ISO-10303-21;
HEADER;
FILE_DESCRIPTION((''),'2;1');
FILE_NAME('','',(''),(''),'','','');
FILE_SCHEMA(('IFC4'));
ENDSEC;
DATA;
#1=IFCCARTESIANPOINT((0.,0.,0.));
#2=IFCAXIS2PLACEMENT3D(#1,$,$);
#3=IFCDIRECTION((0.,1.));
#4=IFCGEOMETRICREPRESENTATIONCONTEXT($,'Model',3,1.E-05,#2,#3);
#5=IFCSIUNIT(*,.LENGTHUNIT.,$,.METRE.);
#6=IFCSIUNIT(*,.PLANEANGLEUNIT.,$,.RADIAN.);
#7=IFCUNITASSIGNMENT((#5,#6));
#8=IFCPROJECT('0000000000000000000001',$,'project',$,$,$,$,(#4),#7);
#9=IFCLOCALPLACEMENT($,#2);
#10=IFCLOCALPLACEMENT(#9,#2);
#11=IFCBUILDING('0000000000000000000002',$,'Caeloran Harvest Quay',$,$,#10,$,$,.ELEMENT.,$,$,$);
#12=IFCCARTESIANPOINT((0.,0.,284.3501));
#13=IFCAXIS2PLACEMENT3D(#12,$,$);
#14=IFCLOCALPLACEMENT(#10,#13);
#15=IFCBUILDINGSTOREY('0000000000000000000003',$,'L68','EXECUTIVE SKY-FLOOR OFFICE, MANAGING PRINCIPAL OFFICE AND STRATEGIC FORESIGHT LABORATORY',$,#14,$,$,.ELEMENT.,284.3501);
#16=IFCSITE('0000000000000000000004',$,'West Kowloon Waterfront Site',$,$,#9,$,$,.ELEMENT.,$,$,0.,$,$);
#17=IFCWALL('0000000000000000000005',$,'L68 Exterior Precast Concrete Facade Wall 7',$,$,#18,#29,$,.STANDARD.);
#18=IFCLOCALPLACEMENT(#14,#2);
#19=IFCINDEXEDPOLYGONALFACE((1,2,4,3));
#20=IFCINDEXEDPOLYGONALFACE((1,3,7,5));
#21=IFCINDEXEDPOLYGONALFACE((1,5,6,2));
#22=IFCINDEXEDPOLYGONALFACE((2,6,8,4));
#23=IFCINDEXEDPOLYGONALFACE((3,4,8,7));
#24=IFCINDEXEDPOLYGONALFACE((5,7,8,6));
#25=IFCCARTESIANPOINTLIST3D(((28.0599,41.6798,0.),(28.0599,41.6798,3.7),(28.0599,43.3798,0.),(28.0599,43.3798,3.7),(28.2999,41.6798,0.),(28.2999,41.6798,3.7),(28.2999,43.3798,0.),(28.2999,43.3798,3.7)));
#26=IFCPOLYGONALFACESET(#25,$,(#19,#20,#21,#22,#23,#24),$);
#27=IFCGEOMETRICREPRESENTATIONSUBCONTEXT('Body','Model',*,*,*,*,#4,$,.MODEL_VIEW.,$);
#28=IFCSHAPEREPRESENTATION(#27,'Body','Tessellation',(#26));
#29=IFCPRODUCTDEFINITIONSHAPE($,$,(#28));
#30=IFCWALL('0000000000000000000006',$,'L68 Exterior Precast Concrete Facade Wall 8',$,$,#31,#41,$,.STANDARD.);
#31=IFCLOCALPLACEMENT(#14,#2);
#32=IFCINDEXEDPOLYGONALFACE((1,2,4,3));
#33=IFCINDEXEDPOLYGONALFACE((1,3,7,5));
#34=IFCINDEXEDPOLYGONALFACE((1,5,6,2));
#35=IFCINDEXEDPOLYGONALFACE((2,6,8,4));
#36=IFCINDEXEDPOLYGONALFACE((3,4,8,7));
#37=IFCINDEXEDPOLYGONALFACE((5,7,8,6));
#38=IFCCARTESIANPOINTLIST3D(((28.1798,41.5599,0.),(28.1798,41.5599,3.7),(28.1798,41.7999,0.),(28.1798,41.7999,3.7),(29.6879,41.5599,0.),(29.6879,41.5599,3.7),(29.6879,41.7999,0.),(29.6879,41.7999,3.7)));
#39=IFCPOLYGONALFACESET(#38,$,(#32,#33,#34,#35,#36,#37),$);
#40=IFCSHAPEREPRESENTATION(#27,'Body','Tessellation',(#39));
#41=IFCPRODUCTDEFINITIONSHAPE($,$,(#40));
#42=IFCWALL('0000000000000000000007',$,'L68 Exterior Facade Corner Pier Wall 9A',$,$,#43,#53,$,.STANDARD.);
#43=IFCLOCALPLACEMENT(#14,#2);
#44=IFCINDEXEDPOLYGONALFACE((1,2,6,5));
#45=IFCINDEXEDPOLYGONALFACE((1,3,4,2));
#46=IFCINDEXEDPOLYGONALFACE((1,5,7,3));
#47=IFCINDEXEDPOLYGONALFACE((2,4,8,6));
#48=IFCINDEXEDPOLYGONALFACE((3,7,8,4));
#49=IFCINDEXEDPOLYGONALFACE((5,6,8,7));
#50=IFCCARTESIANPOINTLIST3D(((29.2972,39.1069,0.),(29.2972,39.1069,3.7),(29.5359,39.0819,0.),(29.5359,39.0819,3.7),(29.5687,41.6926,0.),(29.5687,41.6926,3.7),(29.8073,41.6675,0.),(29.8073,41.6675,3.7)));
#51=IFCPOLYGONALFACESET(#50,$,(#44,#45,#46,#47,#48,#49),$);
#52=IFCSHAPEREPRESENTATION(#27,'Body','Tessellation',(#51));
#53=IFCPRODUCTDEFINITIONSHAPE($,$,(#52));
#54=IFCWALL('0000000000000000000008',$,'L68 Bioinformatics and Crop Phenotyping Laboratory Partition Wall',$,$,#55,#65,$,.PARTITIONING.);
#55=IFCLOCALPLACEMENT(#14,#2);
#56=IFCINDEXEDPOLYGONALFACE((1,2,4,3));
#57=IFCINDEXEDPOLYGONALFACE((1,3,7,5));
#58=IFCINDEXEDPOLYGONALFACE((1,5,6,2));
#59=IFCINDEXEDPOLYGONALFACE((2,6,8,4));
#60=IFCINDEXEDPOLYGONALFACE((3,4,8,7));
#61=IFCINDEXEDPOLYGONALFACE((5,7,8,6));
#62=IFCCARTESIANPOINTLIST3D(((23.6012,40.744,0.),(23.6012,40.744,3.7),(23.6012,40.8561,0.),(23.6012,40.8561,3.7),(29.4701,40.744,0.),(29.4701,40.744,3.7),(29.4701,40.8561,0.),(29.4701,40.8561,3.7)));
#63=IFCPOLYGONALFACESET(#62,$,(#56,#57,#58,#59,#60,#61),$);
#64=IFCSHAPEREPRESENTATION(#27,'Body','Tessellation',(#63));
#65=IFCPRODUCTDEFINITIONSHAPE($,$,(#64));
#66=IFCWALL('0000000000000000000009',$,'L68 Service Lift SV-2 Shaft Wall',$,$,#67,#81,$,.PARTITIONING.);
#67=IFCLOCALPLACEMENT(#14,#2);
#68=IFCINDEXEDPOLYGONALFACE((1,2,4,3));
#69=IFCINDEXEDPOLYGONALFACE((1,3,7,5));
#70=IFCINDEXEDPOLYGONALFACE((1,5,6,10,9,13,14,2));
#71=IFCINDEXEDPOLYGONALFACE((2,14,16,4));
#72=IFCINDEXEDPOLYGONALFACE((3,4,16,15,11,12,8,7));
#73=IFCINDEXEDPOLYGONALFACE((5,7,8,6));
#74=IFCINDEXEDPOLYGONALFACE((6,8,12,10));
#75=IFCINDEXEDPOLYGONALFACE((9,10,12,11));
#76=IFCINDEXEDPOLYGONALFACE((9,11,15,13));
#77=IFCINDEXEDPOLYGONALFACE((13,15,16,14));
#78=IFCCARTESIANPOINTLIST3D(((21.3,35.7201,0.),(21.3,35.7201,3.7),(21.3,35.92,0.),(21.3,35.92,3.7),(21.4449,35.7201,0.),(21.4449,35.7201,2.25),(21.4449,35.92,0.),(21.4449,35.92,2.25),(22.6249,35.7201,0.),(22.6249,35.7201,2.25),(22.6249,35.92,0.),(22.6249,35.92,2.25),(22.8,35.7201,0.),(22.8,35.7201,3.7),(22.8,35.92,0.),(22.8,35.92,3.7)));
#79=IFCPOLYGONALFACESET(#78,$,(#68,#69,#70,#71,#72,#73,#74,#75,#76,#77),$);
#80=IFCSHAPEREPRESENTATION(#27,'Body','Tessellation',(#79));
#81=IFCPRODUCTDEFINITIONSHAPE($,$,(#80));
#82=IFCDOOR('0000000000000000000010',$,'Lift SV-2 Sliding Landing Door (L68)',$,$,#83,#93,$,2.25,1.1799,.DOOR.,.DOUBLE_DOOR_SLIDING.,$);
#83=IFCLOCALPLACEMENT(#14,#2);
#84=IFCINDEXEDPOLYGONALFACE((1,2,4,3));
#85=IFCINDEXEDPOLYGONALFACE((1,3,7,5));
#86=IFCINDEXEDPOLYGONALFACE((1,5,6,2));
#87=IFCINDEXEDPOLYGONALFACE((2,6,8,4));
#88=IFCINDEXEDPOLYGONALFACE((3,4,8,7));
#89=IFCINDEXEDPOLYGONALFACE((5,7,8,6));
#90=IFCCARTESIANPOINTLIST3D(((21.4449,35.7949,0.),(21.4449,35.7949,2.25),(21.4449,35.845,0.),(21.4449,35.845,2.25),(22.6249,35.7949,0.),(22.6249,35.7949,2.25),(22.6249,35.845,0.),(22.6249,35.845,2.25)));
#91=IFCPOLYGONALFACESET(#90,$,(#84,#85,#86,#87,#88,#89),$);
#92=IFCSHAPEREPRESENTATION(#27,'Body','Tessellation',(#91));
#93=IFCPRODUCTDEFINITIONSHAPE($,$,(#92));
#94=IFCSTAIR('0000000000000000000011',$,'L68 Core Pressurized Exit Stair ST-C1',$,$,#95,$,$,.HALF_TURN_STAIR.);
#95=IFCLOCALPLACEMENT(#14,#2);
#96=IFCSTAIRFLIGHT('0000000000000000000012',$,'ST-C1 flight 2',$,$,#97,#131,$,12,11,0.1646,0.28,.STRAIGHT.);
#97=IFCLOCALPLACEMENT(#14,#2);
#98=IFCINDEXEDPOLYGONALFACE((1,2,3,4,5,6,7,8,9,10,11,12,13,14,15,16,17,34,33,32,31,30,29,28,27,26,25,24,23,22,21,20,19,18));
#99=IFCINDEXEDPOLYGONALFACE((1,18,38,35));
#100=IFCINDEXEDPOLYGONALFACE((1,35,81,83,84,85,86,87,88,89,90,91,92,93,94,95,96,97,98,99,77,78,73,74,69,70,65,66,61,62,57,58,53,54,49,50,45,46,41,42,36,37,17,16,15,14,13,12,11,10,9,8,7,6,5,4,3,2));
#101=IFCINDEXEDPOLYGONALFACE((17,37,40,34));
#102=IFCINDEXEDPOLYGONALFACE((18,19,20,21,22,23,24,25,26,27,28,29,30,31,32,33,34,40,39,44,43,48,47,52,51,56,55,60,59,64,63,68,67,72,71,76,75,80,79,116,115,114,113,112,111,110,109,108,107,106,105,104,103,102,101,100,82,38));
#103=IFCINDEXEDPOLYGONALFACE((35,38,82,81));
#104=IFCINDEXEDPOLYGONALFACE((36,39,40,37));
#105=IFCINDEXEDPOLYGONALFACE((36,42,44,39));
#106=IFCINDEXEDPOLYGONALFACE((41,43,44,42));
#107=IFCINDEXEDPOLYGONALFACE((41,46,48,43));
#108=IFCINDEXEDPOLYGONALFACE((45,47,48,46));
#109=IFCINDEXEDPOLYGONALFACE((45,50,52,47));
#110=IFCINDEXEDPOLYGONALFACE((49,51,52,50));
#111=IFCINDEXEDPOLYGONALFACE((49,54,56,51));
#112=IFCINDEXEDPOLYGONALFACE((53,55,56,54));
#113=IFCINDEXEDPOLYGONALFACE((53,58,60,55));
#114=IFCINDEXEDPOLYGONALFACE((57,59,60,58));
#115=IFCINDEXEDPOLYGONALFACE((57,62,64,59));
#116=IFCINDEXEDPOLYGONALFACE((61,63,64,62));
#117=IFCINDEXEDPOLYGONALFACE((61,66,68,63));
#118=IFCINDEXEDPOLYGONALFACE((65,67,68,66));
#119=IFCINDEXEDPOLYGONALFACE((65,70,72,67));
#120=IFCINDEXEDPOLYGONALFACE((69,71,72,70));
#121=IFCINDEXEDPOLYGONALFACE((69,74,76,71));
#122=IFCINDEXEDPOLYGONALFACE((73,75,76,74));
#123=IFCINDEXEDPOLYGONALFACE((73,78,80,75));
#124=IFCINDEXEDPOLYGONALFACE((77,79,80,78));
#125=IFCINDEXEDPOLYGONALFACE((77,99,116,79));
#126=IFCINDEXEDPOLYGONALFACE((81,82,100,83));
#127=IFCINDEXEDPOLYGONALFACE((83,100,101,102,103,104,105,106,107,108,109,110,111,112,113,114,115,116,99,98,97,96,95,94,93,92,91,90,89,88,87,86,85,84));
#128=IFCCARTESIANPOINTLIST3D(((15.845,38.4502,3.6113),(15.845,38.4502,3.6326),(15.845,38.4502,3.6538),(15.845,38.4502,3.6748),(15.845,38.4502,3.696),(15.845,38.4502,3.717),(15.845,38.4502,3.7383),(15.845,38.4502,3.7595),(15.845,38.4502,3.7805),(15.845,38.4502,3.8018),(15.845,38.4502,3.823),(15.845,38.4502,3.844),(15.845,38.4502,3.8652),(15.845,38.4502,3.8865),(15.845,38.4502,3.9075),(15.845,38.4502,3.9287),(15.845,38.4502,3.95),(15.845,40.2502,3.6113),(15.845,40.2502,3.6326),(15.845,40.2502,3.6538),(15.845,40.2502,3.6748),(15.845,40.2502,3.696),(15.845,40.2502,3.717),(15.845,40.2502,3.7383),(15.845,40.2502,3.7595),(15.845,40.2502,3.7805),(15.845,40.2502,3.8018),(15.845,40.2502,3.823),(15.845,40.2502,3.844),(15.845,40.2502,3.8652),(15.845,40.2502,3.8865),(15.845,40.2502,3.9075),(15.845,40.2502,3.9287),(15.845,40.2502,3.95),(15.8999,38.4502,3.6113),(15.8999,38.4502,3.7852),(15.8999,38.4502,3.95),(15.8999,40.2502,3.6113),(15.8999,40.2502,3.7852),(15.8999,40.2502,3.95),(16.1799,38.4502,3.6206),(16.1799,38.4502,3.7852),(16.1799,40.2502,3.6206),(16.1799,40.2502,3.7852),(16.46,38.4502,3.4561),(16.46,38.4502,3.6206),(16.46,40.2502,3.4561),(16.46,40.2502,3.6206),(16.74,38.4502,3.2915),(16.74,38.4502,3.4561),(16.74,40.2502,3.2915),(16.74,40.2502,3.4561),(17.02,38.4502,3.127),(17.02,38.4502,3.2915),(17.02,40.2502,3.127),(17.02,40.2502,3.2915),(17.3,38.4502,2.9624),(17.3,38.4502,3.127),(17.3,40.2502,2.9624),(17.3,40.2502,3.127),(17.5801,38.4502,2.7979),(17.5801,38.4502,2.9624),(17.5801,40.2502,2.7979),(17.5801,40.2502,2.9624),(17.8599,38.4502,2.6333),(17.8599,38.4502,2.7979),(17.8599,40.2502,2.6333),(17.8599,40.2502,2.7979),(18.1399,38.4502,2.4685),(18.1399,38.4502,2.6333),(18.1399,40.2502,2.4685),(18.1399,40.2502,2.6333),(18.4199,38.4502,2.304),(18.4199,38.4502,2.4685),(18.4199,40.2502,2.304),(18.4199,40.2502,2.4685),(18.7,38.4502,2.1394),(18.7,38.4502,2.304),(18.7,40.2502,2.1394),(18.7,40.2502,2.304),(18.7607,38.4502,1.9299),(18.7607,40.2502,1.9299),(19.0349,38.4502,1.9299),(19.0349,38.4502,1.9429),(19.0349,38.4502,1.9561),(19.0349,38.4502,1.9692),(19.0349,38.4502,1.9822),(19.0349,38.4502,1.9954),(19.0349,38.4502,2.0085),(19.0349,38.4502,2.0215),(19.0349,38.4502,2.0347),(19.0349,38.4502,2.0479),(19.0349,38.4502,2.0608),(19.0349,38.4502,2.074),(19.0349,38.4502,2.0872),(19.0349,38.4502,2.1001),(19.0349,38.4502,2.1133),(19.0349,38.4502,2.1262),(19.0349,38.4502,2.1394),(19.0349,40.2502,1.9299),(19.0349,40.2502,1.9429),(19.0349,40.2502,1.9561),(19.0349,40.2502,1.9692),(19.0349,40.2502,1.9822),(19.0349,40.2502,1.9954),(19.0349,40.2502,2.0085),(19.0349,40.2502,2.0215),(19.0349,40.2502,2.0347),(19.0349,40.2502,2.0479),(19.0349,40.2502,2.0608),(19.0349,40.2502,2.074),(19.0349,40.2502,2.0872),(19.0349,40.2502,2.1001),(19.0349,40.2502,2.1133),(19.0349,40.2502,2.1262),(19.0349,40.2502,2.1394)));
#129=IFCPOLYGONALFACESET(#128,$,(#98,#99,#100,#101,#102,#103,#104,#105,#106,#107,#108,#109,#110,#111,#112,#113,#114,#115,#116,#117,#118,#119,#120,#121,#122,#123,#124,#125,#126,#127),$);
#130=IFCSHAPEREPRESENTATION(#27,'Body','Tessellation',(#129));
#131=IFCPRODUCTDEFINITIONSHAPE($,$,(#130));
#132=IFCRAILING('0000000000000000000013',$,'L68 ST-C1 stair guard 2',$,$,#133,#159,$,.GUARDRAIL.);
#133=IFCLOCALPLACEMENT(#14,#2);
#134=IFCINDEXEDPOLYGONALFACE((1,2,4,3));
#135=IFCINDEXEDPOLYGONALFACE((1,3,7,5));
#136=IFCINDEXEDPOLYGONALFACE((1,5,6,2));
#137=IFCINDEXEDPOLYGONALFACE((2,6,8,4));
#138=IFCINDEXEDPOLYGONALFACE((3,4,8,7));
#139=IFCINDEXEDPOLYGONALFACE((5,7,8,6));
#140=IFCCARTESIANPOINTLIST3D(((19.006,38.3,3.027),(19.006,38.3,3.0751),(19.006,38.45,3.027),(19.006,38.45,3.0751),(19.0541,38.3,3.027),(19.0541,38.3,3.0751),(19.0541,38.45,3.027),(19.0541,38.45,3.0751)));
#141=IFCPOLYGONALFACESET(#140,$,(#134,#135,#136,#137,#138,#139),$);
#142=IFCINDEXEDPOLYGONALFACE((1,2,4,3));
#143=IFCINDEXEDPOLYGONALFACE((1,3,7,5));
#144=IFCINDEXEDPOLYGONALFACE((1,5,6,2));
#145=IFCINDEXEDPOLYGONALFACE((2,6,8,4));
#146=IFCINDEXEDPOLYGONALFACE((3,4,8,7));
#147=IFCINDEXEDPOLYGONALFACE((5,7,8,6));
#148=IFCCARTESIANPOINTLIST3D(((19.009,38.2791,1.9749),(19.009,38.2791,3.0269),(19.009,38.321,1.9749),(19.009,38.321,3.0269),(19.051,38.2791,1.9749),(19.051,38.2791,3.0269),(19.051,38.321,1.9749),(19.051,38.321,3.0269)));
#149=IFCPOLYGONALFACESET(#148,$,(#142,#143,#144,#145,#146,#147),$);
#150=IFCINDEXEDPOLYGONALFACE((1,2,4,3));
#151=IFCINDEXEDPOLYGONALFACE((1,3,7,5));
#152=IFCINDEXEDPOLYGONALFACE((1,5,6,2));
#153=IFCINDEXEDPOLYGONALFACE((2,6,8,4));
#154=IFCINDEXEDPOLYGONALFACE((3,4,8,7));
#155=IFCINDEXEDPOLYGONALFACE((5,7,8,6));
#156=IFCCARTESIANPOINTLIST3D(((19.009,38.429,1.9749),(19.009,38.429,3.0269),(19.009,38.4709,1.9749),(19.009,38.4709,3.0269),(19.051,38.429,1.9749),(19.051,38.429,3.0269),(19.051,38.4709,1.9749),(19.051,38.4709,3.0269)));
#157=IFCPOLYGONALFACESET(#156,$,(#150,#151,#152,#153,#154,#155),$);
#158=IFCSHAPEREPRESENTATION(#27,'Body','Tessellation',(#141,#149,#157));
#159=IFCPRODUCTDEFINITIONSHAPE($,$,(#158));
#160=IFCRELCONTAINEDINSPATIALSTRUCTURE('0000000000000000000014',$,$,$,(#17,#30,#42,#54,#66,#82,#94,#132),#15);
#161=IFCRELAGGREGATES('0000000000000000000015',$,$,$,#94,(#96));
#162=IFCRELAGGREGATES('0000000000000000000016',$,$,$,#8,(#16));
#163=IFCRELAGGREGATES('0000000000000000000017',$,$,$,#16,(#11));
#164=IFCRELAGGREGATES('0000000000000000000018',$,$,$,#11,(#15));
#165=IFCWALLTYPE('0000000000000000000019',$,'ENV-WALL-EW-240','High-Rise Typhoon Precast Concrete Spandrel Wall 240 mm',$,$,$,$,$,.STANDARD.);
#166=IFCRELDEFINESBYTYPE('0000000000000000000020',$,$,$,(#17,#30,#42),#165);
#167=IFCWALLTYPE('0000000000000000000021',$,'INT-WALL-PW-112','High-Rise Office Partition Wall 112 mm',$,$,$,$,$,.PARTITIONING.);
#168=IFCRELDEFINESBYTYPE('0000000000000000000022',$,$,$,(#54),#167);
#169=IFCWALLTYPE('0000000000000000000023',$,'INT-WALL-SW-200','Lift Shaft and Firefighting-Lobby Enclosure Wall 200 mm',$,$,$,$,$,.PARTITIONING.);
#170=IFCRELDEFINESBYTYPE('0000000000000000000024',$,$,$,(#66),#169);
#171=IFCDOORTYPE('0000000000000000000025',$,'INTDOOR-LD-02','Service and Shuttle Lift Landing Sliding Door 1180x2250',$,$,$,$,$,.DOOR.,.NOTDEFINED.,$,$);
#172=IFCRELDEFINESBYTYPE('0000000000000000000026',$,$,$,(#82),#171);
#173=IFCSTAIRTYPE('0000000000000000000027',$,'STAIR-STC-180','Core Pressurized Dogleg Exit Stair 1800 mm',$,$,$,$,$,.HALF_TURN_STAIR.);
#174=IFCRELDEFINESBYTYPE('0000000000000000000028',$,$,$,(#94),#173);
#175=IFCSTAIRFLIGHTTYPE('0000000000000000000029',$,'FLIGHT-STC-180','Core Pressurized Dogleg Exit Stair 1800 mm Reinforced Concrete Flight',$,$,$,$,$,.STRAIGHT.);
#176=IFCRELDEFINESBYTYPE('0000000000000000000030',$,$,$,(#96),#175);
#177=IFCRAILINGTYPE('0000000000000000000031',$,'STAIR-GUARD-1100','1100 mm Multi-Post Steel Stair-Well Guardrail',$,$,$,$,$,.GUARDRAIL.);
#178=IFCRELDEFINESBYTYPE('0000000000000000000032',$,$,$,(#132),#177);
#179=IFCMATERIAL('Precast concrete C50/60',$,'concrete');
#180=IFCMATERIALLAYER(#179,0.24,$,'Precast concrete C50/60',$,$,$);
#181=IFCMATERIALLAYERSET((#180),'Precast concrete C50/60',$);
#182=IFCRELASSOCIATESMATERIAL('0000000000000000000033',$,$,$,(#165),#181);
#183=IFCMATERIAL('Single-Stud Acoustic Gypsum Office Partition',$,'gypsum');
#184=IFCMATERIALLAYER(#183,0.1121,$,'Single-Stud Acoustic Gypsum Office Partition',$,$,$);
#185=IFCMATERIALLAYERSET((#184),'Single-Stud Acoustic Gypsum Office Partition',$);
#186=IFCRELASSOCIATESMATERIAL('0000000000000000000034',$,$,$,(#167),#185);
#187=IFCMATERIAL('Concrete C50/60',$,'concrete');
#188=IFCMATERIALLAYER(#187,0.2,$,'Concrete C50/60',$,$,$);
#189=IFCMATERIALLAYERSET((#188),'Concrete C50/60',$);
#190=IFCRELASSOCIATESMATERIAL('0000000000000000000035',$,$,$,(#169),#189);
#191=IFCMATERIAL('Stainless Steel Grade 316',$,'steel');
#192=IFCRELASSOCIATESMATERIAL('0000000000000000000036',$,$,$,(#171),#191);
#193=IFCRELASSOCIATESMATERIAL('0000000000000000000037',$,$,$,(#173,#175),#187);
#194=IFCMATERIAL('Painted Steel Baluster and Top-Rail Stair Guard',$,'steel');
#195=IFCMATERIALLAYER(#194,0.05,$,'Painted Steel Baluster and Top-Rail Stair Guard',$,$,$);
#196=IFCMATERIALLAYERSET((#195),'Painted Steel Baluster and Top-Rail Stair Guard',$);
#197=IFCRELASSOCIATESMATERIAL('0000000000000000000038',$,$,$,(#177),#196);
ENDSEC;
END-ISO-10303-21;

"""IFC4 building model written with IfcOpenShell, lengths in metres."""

from ifc_helpers import new_model, si_unit, direction, frame, frame_2d, origin, origin_2d, place, context, subcontext, project, spatial, polyline, rectangle, outline, extrude, material, layer, layer_set, type_object, element, fill, aggregate, save


model = new_model("IFC4")

# Units and contexts
model_context = context("Model", 3, precision=1e-05, world=origin(), true_north=direction((0.0, 1.0)))
body_context = subcontext(model_context, "Body", "Model", "MODEL_VIEW")
ifc_project = project(units=[si_unit("LENGTHUNIT", "METRE"), si_unit("PLANEANGLEUNIT", "RADIAN")], contexts=[model_context])

# Site, building, storey
site_placement = place(None, origin())
site = spatial("IfcSite", under=ifc_project, at=site_placement, Name="West Kowloon Waterfront Site", CompositionType="ELEMENT", RefElevation=0.0)
building_placement = place(site_placement, origin())
building = spatial("IfcBuilding", under=site, at=building_placement, Name="Caeloran Harvest Quay", CompositionType="ELEMENT")
storey_placement = place(building_placement, frame((0.0, 0.0, 284.3501)))
storey = spatial("IfcBuildingStorey", under=building, at=storey_placement, Name="L68", Description="EXECUTIVE SKY-FLOOR OFFICE, MANAGING PRINCIPAL OFFICE AND STRATEGIC FORESIGHT LABORATORY", CompositionType="ELEMENT", Elevation=284.3501)

# Walls
ifc_material_1 = material(Name="Precast concrete C50/60", Category="concrete")
ifc_layer_1 = layer(ifc_material_1, 0.24, Name="Precast concrete C50/60")
ifc_layer_set_1 = layer_set([ifc_layer_1], Name="Precast concrete C50/60")
wall_type_1 = type_object("IfcWallType", Name="ENV-WALL-EW-240", Description="High-Rise Typhoon Precast Concrete Spandrel Wall 240 mm", PredefinedType="STANDARD", material=ifc_layer_set_1)
wall_1_placement = place(storey_placement, frame((28.1799, 43.3799, 0.0), z_axis=(0.0, 0.0, 1.0), x_axis=(0.0, -1.0, 0.0)))
element("IfcWall", 1, at=wall_1_placement, inside=storey, type_object=wall_type_1, Name="L68 Exterior Precast Concrete Facade Wall 7", PredefinedType="STANDARD", context=body_context, shape_type="SweptSolid", body=[
    extrude(rectangle(XDim=1.7, YDim=0.24, at=frame_2d((0.8501, 0.0))), origin(), (0.0, 0.0, 1.0), 3.7),
])
wall_2_placement = place(storey_placement, frame((28.1799, 41.6799, 0.0), z_axis=(0.0, 0.0, 1.0), x_axis=(1.0, 0.0, 0.0)))
element("IfcWall", 2, at=wall_2_placement, inside=storey, type_object=wall_type_1, Name="L68 Exterior Precast Concrete Facade Wall 8", PredefinedType="STANDARD", context=body_context, shape_type="SweptSolid", body=[
    extrude(rectangle(XDim=1.5081, YDim=0.24, at=frame_2d((0.7539, 0.0))), origin(), (0.0, 0.0, 1.0), 3.7),
])
wall_3_placement = place(storey_placement, frame((29.688, 41.6799, 0.0), z_axis=(0.0, 0.0, 1.0), x_axis=(-0.104421, -0.994533, 0.0)))
element("IfcWall", 3, at=wall_3_placement, inside=storey, type_object=wall_type_1, Name="L68 Exterior Facade Corner Pier Wall 9A", PredefinedType="STANDARD", context=body_context, shape_type="SweptSolid", body=[
    extrude(rectangle(XDim=2.5999, YDim=0.24, at=frame_2d((1.2998, 0.0))), origin(), (0.0, 0.0, 1.0), 3.7),
])
ifc_material_2 = material(Name="Single-Stud Acoustic Gypsum Office Partition", Category="gypsum")
ifc_layer_2 = layer(ifc_material_2, 0.1121, Name="Single-Stud Acoustic Gypsum Office Partition")
ifc_layer_set_2 = layer_set([ifc_layer_2], Name="Single-Stud Acoustic Gypsum Office Partition")
wall_type_2 = type_object("IfcWallType", Name="INT-WALL-PW-112", Description="High-Rise Office Partition Wall 112 mm", PredefinedType="PARTITIONING", material=ifc_layer_set_2)
wall_4_placement = place(storey_placement, frame((23.6011, 40.8, 0.0), z_axis=(0.0, 0.0, 1.0), x_axis=(1.0, 0.0, 0.0)))
element("IfcWall", 4, at=wall_4_placement, inside=storey, type_object=wall_type_2, Name="L68 Bioinformatics and Crop Phenotyping Laboratory Partition Wall", PredefinedType="PARTITIONING", context=body_context, shape_type="SweptSolid", body=[
    extrude(rectangle(XDim=5.8689, YDim=0.1121, at=frame_2d((2.9346, 0.0))), origin(), (0.0, 0.0, 1.0), 3.7),
])

# Wall, opening, door
ifc_material_3 = material(Name="Concrete C50/60", Category="concrete")
ifc_layer_3 = layer(ifc_material_3, 0.2, Name="Concrete C50/60")
ifc_layer_set_3 = layer_set([ifc_layer_3], Name="Concrete C50/60")
wall_type_3 = type_object("IfcWallType", Name="INT-WALL-SW-200", Description="Lift Shaft and Firefighting-Lobby Enclosure Wall 200 mm", PredefinedType="PARTITIONING", material=ifc_layer_set_3)
wall_5_placement = place(storey_placement, frame((21.3, 35.8201, 0.0), z_axis=(0.0, 0.0, 1.0), x_axis=(1.0, 0.0, 0.0)))
wall_5 = element("IfcWall", 5, at=wall_5_placement, inside=storey, type_object=wall_type_3, Name="L68 Service Lift SV-2 Shaft Wall", PredefinedType="PARTITIONING", context=body_context, shape_type="SweptSolid", body=[
    extrude(rectangle(XDim=1.5, YDim=0.2, at=frame_2d((0.75, 0.0))), origin(), (0.0, 0.0, 1.0), 3.7),
])
opening_placement = place(wall_5_placement, frame((0.145, 0.0, 0.0)))
opening = element("IfcOpeningElement", 6, at=opening_placement, cuts=wall_5, PredefinedType="OPENING", context=body_context, shape_type="SweptSolid", body=[
    extrude(rectangle(XDim=1.1799, YDim=2.25, at=frame_2d((0.5898, 1.125))), frame((0.0, 0.1099, 0.0), z_axis=(0.0, -1.0, 0.0), x_axis=(1.0, 0.0, 0.0)), (0.0, 0.0, 1.0), 0.22),
])
ifc_material_4 = material(Name="Stainless Steel Grade 316", Category="steel")
door_type = type_object("IfcDoorType", Name="INTDOOR-LD-02", Description="Service and Shuttle Lift Landing Sliding Door 1180x2250", OperationType="NOTDEFINED", PredefinedType="DOOR", material=ifc_material_4)
door_placement = place(opening_placement, origin())
door = element("IfcDoor", 7, at=door_placement, inside=storey, type_object=door_type, Name="Lift SV-2 Sliding Landing Door (L68)", OperationType="DOUBLE_DOOR_SLIDING", OverallHeight=2.25, OverallWidth=1.1799, PredefinedType="DOOR", context=body_context, shape_type="SweptSolid", body=[
    extrude(rectangle(XDim=1.1799, YDim=2.25, at=frame_2d((0.5898, 1.125))), frame((0.0, 0.0249, 0.0), z_axis=(0.0, -1.0, 0.0), x_axis=(1.0, 0.0, 0.0)), (0.0, 0.0, 1.0), 0.05),
])
fill(opening, door)

# Stair, stair flight
stair_type = type_object("IfcStairType", Name="STAIR-STC-180", Description="Core Pressurized Dogleg Exit Stair 1800 mm", PredefinedType="HALF_TURN_STAIR", material=ifc_material_3)
stair_placement = place(storey_placement, origin())
stair = element("IfcStair", 8, at=stair_placement, inside=storey, type_object=stair_type, Name="L68 Core Pressurized Exit Stair ST-C1", PredefinedType="HALF_TURN_STAIR")
stair_flight_type = type_object("IfcStairFlightType", Name="FLIGHT-STC-180", Description="Core Pressurized Dogleg Exit Stair 1800 mm Reinforced Concrete Flight", PredefinedType="STRAIGHT", material=ifc_material_3)
stair_flight_placement = place(storey_placement, frame((18.98, 39.3501, 1.9749), z_axis=(0.0, 0.0, 1.0), x_axis=(-1.0, 0.0, 0.0)))
stair_flight = element("IfcStairFlight", 9, at=stair_flight_placement, type_object=stair_flight_type, Name="ST-C1 flight 2", NumberOfRisers=12, NumberOfTreads=11, PredefinedType="STRAIGHT", RiserHeight=0.1646, TreadLength=0.28, context=body_context, shape_type="SweptSolid", body=[
    extrude(outline(polyline([(-0.0549, -0.0449), (-0.0549, -0.032), (-0.0549, -0.0188), (-0.0549, -0.0056), (-0.0549, 0.0073), (-0.0549, 0.0205), (-0.0549, 0.0337), (-0.0549, 0.0466), (-0.0549, 0.0598), (-0.0549, 0.073), (-0.0549, 0.0859), (-0.0549, 0.0991), (-0.0549, 0.1123), (-0.0549, 0.1252), (-0.0549, 0.1384), (-0.0549, 0.1514), (-0.0549, 0.1646), (0.28, 0.1646), (0.28, 0.3291), (0.5601, 0.3291), (0.5601, 0.4937), (0.8401, 0.4937), (0.8401, 0.6584), (1.1201, 0.6584), (1.1201, 0.823), (1.3999, 0.823), (1.3999, 0.9875), (1.6799, 0.9875), (1.6799, 1.1521), (1.96, 1.1521), (1.96, 1.3167), (2.24, 1.3167), (2.24, 1.4812), (2.52, 1.4812), (2.52, 1.6458), (2.8, 1.6458), (2.8, 1.8103), (3.0801, 1.8103), (3.0801, 1.9751), (3.135, 1.9751), (3.135, 1.9539), (3.135, 1.9326), (3.135, 1.9116), (3.135, 1.8904), (3.135, 1.8691), (3.135, 1.8481), (3.135, 1.8269), (3.135, 1.8057), (3.135, 1.7847), (3.135, 1.7634), (3.135, 1.7422), (3.135, 1.7212), (3.135, 1.7), (3.135, 1.679), (3.135, 1.6577), (3.135, 1.6365), (3.0801, 1.6365), (0.2192, -0.0449), (-0.0549, -0.0449)])), frame((0.0, 0.8999, 0.0), z_axis=(0.0, -1.0, 0.0), x_axis=(1.0, 0.0, 0.0)), (0.0, 0.0, 1.0), 1.8),
])
aggregate(stair, [stair_flight])

# Railing
ifc_material_5 = material(Name="Painted Steel Baluster and Top-Rail Stair Guard", Category="steel")
ifc_layer_4 = layer(ifc_material_5, 0.05, Name="Painted Steel Baluster and Top-Rail Stair Guard")
ifc_layer_set_4 = layer_set([ifc_layer_4], Name="Painted Steel Baluster and Top-Rail Stair Guard")
railing_type_1 = type_object("IfcRailingType", Name="STAIR-GUARD-1100", Description="1100 mm Multi-Post Steel Stair-Well Guardrail", PredefinedType="GUARDRAIL", material=ifc_layer_set_4)
railing_1_placement = place(storey_placement, frame((19.03, 38.3, 1.9749)))
element("IfcRailing", 10, at=railing_1_placement, inside=storey, type_object=railing_type_1, Name="L68 ST-C1 stair guard 2", PredefinedType="GUARDRAIL", context=body_context, shape_type="SweptSolid", body=[
    extrude(rectangle(XDim=0.0481, YDim=0.0481, at=origin_2d()), frame((0.0, 0.0, 1.0762), z_axis=(0.0, 1.0, 0.0), x_axis=(-1.0, 0.0, 0.0)), (0.0, 0.0, 1.0), 0.1499),
    extrude(rectangle(XDim=0.042, YDim=0.042, at=origin_2d()), origin(), (0.0, 0.0, 1.0), 1.052),
    extrude(rectangle(XDim=0.042, YDim=0.042, at=origin_2d()), frame((0.0, 0.1499, 0.0)), (0.0, 0.0, 1.0), 1.052),
])

save(model, "model.ifc")
